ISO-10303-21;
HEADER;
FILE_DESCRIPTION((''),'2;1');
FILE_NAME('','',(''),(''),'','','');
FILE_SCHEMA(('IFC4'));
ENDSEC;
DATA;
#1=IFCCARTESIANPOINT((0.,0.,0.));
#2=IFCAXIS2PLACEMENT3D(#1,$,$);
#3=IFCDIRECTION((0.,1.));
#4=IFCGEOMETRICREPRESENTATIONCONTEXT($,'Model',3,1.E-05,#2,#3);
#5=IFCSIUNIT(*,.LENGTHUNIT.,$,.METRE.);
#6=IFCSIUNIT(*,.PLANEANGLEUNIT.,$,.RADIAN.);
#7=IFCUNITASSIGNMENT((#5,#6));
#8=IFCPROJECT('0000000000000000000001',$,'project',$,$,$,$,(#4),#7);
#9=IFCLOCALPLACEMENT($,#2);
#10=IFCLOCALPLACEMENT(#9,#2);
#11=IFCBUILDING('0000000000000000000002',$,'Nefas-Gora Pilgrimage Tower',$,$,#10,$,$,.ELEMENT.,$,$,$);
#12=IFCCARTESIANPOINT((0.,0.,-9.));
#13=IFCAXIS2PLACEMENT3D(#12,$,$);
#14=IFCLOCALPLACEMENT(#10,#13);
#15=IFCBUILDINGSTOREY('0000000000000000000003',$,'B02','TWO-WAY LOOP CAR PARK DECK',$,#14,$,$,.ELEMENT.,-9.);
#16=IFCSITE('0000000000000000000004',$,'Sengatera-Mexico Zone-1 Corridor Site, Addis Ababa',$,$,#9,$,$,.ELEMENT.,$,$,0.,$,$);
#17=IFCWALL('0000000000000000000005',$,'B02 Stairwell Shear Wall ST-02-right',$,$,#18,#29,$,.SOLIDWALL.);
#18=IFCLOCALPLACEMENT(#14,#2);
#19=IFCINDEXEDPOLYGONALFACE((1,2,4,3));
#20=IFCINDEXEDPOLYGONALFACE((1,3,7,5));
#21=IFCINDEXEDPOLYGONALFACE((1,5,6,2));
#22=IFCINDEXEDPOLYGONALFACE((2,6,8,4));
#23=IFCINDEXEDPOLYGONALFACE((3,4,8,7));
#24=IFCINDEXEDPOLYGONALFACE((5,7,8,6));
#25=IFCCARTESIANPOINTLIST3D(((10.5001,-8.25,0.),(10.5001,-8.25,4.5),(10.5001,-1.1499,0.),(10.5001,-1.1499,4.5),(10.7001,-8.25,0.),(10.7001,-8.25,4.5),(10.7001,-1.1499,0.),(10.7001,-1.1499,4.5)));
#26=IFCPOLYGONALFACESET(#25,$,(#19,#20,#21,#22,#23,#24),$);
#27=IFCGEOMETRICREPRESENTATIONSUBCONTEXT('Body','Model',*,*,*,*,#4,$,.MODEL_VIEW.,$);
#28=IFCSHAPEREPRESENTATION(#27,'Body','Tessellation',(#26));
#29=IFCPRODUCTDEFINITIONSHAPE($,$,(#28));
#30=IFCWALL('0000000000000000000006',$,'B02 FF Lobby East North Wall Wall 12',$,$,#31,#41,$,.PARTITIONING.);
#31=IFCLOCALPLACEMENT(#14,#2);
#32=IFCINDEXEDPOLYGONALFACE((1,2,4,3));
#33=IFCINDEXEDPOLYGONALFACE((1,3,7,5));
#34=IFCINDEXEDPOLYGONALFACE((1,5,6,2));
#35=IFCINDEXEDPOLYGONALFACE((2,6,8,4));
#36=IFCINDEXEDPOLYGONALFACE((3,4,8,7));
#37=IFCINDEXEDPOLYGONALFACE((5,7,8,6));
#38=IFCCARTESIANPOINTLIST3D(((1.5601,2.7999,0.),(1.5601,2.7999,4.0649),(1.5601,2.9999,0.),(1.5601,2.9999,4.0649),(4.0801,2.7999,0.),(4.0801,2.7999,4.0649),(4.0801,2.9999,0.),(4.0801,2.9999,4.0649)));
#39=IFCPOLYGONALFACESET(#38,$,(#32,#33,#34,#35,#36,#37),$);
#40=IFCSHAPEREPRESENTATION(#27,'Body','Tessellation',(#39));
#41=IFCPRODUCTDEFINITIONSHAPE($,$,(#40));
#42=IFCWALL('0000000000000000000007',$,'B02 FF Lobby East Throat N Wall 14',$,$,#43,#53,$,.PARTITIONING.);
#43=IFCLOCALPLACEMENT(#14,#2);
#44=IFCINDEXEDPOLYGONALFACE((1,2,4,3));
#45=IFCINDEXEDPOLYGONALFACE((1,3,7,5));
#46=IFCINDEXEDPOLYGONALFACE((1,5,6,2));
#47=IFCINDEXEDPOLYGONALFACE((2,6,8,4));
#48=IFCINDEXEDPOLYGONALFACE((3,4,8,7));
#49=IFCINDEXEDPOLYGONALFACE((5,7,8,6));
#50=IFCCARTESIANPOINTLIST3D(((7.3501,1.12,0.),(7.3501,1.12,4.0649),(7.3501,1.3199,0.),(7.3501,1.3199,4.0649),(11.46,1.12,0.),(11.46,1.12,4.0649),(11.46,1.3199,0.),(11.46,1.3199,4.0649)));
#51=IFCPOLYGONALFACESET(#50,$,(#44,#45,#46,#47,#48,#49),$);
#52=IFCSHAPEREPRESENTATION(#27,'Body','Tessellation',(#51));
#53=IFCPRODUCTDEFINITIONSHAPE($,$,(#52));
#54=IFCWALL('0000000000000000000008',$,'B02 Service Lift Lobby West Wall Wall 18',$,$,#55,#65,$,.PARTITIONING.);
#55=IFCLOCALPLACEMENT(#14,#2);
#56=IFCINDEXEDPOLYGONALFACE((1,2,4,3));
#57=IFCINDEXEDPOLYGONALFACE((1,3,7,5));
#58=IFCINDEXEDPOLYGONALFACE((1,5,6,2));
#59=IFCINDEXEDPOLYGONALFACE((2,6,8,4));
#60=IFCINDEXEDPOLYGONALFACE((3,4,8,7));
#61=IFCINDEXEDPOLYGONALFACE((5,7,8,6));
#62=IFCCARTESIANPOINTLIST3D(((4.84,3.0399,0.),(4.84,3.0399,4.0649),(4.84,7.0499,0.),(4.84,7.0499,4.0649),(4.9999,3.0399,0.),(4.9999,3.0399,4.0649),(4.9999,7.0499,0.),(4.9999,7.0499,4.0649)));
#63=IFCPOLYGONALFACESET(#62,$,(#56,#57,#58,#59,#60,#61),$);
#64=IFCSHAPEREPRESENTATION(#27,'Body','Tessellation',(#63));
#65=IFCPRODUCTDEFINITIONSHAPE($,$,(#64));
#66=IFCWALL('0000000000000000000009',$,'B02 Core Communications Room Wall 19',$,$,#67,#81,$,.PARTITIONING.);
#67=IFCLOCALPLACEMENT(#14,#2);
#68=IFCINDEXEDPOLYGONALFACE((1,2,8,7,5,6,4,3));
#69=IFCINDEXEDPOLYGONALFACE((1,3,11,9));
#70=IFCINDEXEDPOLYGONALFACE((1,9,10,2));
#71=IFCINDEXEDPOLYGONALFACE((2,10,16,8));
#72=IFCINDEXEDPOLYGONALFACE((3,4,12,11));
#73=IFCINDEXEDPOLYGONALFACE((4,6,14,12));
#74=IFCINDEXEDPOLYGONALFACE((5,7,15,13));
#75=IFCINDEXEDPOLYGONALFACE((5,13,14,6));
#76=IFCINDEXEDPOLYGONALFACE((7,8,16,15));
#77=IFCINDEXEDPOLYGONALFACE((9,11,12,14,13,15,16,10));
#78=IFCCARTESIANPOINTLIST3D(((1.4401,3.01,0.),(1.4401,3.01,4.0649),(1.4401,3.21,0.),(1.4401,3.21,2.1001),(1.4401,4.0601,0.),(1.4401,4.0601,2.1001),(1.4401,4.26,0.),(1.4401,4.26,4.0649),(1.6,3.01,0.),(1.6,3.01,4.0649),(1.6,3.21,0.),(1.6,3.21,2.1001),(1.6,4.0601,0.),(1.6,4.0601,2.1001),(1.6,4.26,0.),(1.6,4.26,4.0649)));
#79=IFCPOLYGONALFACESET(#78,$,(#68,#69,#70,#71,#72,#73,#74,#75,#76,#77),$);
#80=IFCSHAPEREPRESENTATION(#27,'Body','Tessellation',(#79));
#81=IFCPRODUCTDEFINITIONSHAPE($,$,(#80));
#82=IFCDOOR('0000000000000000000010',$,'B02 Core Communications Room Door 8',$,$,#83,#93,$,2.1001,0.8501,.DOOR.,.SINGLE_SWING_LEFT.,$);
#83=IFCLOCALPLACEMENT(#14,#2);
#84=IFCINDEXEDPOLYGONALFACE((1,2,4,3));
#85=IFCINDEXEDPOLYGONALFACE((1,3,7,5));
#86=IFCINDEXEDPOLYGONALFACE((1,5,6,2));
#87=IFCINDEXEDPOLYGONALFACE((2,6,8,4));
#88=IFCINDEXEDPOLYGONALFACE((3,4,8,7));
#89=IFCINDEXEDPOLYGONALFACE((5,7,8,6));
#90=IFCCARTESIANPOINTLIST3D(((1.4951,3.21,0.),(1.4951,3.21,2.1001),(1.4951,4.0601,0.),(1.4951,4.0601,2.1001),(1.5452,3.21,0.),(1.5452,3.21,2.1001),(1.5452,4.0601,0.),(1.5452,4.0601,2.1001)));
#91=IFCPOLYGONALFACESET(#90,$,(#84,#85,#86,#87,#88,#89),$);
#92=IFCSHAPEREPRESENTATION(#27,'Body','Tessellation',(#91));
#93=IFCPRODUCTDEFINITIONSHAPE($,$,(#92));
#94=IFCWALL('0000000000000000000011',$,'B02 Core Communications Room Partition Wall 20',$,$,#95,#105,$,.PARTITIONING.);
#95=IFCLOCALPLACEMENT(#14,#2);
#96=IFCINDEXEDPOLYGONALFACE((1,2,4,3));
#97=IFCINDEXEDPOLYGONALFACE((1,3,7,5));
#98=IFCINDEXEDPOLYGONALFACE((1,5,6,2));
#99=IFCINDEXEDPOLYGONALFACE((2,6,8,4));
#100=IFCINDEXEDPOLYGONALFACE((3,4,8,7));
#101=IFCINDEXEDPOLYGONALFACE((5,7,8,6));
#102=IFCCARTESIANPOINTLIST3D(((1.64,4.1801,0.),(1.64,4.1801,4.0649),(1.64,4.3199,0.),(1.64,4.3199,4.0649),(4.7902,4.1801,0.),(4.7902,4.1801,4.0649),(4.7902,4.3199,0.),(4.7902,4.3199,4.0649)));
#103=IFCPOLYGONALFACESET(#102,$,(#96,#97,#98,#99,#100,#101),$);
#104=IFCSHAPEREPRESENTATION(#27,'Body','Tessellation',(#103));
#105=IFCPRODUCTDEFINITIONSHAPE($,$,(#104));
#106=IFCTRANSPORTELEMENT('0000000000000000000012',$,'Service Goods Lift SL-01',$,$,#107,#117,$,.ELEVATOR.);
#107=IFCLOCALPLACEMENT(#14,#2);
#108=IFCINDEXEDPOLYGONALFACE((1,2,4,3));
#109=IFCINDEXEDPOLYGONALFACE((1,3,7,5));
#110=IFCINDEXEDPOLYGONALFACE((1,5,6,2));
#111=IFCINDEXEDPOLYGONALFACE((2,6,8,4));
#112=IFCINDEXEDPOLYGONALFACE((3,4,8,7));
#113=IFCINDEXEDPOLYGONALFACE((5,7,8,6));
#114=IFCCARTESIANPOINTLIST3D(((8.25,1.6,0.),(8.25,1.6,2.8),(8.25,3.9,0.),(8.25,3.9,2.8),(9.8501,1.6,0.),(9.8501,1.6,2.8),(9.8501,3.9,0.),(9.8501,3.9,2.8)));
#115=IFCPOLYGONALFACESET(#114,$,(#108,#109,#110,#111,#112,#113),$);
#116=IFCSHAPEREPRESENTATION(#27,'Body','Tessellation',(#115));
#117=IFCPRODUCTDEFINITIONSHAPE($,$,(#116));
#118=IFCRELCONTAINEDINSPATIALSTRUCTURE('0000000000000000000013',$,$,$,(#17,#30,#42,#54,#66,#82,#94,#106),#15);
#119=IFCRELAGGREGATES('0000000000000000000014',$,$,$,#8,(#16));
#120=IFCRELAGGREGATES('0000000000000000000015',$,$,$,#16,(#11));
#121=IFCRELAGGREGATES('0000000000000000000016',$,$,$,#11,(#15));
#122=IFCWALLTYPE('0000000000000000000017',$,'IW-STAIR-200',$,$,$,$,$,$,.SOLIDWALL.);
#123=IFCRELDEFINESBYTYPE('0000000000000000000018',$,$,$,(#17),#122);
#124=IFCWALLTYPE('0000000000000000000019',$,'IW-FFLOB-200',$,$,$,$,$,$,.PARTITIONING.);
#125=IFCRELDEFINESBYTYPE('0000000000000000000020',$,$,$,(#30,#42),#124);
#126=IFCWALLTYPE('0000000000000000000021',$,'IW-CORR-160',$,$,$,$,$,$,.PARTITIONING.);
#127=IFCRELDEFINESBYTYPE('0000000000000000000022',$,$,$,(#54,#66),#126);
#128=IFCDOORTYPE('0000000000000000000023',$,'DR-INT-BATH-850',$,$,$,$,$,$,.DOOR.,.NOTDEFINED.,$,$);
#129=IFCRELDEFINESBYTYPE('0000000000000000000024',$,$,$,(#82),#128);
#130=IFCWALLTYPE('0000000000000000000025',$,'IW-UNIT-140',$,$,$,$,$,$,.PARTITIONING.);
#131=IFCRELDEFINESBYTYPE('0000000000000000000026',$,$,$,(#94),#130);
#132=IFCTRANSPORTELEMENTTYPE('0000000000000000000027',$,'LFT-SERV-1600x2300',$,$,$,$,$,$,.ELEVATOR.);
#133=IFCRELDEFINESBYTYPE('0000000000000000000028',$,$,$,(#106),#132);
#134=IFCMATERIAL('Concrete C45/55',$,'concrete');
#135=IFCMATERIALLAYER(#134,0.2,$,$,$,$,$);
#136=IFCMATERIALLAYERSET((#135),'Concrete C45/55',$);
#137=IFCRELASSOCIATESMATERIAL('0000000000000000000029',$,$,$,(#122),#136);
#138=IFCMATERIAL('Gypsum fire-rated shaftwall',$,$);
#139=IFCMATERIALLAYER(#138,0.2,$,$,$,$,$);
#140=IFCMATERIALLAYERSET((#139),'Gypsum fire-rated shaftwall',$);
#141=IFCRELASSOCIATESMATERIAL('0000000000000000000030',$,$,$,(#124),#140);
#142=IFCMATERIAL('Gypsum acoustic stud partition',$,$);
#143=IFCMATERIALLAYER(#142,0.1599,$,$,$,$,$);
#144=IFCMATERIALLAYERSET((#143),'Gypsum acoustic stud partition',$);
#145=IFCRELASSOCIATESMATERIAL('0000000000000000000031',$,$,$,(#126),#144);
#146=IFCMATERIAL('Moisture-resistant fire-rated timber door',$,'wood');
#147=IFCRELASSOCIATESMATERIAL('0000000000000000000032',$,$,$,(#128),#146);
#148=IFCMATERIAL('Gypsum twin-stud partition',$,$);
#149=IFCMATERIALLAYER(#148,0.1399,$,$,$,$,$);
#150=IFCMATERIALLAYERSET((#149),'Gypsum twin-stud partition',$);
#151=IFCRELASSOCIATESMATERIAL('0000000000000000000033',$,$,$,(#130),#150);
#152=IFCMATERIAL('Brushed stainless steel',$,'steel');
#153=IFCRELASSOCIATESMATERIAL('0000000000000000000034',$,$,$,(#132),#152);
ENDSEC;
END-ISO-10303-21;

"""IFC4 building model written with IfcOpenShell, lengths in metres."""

from ifc_helpers import new_model, si_unit, direction, frame, frame_2d, origin, origin_2d, place, context, subcontext, project, spatial, rectangle, extrude, source, transform, mapped, material, layer, layer_set, type_object, element, fill, save


model = new_model("IFC4")

# Units and contexts
model_context = context("Model", 3, precision=1e-05, world=origin(), true_north=direction((0.0, 1.0)))
body_context = subcontext(model_context, "Body", "Model", "MODEL_VIEW")
ifc_project = project(units=[si_unit("LENGTHUNIT", "METRE"), si_unit("PLANEANGLEUNIT", "RADIAN")], contexts=[model_context])

# Site, building, storey
site_placement = place(None, origin())
site = spatial("IfcSite", under=ifc_project, at=site_placement, Name="Sengatera-Mexico Zone-1 Corridor Site, Addis Ababa", CompositionType="ELEMENT", RefElevation=0.0)
building_placement = place(site_placement, origin())
building = spatial("IfcBuilding", under=site, at=building_placement, Name="Nefas-Gora Pilgrimage Tower", CompositionType="ELEMENT")
storey_placement = place(building_placement, frame((0.0, 0.0, -9.0)))
storey = spatial("IfcBuildingStorey", under=building, at=storey_placement, Name="B02", Description="TWO-WAY LOOP CAR PARK DECK", CompositionType="ELEMENT", Elevation=-9.0)

# Shared definitions
ifc_material_1 = material(Name="Concrete C45/55", Category="concrete")

# Walls
ifc_layer_1 = layer(ifc_material_1, 0.2)
ifc_layer_set_1 = layer_set([ifc_layer_1], Name="Concrete C45/55")
wall_type_1 = type_object("IfcWallType", Name="IW-STAIR-200", PredefinedType="SOLIDWALL", material=ifc_layer_set_1)
shared_shape_1 = source(origin(), body_context, "Body", "SweptSolid", [
    extrude(rectangle(XDim=7.1001, YDim=0.2, at=frame_2d((3.55, 0.0))), origin(), (0.0, 0.0, 1.0), 4.5),
])
wall_1_placement = place(storey_placement, frame((10.6001, -1.1499, 0.0), z_axis=(0.0, 0.0, 1.0), x_axis=(0.0, -1.0, 0.0)))
element("IfcWall", 1, at=wall_1_placement, inside=storey, type_object=wall_type_1, Name="B02 Stairwell Shear Wall ST-02-right", PredefinedType="SOLIDWALL", context=body_context, shape_type="MappedRepresentation", body=[
    mapped(shared_shape_1, transform((0.0, 0.0, 0.0), x_axis=(1.0, 0.0, 0.0), y_axis=(0.0, 1.0, 0.0), z_axis=(0.0, 0.0, 1.0), scale=1.0)),
])
ifc_material_2 = material(Name="Gypsum fire-rated shaftwall")
ifc_layer_2 = layer(ifc_material_2, 0.2)
ifc_layer_set_2 = layer_set([ifc_layer_2], Name="Gypsum fire-rated shaftwall")
wall_type_2 = type_object("IfcWallType", Name="IW-FFLOB-200", PredefinedType="PARTITIONING", material=ifc_layer_set_2)
shared_shape_2 = source(origin(), body_context, "Body", "SweptSolid", [
    extrude(rectangle(XDim=2.52, YDim=0.2, at=frame_2d((1.26, 0.0))), origin(), (0.0, 0.0, 1.0), 4.0649),
])
wall_2_placement = place(storey_placement, frame((1.5601, 2.8999, 0.0), z_axis=(0.0, 0.0, 1.0), x_axis=(1.0, 0.0, 0.0)))
element("IfcWall", 2, at=wall_2_placement, inside=storey, type_object=wall_type_2, Name="B02 FF Lobby East North Wall Wall 12", PredefinedType="PARTITIONING", context=body_context, shape_type="MappedRepresentation", body=[
    mapped(shared_shape_2, transform((0.0, 0.0, 0.0), x_axis=(1.0, 0.0, 0.0), y_axis=(0.0, 1.0, 0.0), z_axis=(0.0, 0.0, 1.0), scale=1.0)),
])

# Walls
shared_shape_3 = source(origin(), body_context, "Body", "SweptSolid", [
    extrude(rectangle(XDim=4.1099, YDim=0.2, at=frame_2d((2.0549, 0.0))), origin(), (0.0, 0.0, 1.0), 4.0649),
])
wall_3_placement = place(storey_placement, frame((7.3501, 1.22, 0.0), z_axis=(0.0, 0.0, 1.0), x_axis=(1.0, 0.0, 0.0)))
element("IfcWall", 3, at=wall_3_placement, inside=storey, type_object=wall_type_2, Name="B02 FF Lobby East Throat N Wall 14", PredefinedType="PARTITIONING", context=body_context, shape_type="MappedRepresentation", body=[
    mapped(shared_shape_3, transform((0.0, 0.0, 0.0), x_axis=(1.0, 0.0, 0.0), y_axis=(0.0, 1.0, 0.0), z_axis=(0.0, 0.0, 1.0), scale=1.0)),
])
ifc_material_3 = material(Name="Gypsum acoustic stud partition")
ifc_layer_3 = layer(ifc_material_3, 0.1599)
ifc_layer_set_3 = layer_set([ifc_layer_3], Name="Gypsum acoustic stud partition")
wall_type_3 = type_object("IfcWallType", Name="IW-CORR-160", PredefinedType="PARTITIONING", material=ifc_layer_set_3)
shared_shape_4 = source(origin(), body_context, "Body", "SweptSolid", [
    extrude(rectangle(XDim=4.01, YDim=0.1599, at=frame_2d((2.0049, 0.0))), origin(), (0.0, 0.0, 1.0), 4.0649),
])
wall_4_placement = place(storey_placement, frame((4.9199, 3.04, 0.0), z_axis=(0.0, 0.0, 1.0), x_axis=(0.0, 1.0, 0.0)))
element("IfcWall", 4, at=wall_4_placement, inside=storey, type_object=wall_type_3, Name="B02 Service Lift Lobby West Wall Wall 18", PredefinedType="PARTITIONING", context=body_context, shape_type="MappedRepresentation", body=[
    mapped(shared_shape_4, transform((0.0, 0.0, 0.0), x_axis=(1.0, 0.0, 0.0), y_axis=(0.0, 1.0, 0.0), z_axis=(0.0, 0.0, 1.0), scale=1.0)),
])

# Wall, opening, door
shared_shape_5 = source(origin(), body_context, "Body", "SweptSolid", [
    extrude(rectangle(XDim=1.25, YDim=0.1599, at=frame_2d((0.625, 0.0))), origin(), (0.0, 0.0, 1.0), 4.0649),
])
wall_5_placement = place(storey_placement, frame((1.52, 3.01, 0.0), z_axis=(0.0, 0.0, 1.0), x_axis=(0.0, 1.0, 0.0)))
wall_5 = element("IfcWall", 5, at=wall_5_placement, inside=storey, type_object=wall_type_3, Name="B02 Core Communications Room Wall 19", PredefinedType="PARTITIONING", context=body_context, shape_type="MappedRepresentation", body=[
    mapped(shared_shape_5, transform((0.0, 0.0, 0.0), x_axis=(1.0, 0.0, 0.0), y_axis=(0.0, 1.0, 0.0), z_axis=(0.0, 0.0, 1.0), scale=1.0)),
])
opening_1_placement = place(wall_5_placement, frame((0.2, 0.0, 0.0)))
opening_1 = element("IfcOpeningElement", 6, at=opening_1_placement, cuts=wall_5, PredefinedType="OPENING", context=body_context, shape_type="SweptSolid", body=[
    extrude(rectangle(XDim=0.8501, YDim=2.1001, at=frame_2d((0.425, 1.05))), frame((0.0, 0.0898, 0.0), z_axis=(0.0, -1.0, 0.0), x_axis=(1.0, 0.0, 0.0)), (0.0, 0.0, 1.0), 0.1799),
])
ifc_material_4 = material(Name="Moisture-resistant fire-rated timber door", Category="wood")
door_type_1 = type_object("IfcDoorType", Name="DR-INT-BATH-850", OperationType="NOTDEFINED", PredefinedType="DOOR", material=ifc_material_4)
shared_shape_6 = source(origin(), body_context, "Body", "SweptSolid", [
    extrude(rectangle(XDim=0.8501, YDim=2.1001, at=frame_2d((0.425, 1.05))), frame((0.0, 0.0249, 0.0), z_axis=(0.0, -1.0, 0.0), x_axis=(1.0, 0.0, 0.0)), (0.0, 0.0, 1.0), 0.05),
])
door_1_placement = place(opening_1_placement, origin())
door_1 = element("IfcDoor", 7, at=door_1_placement, inside=storey, type_object=door_type_1, Name="B02 Core Communications Room Door 8", OperationType="SINGLE_SWING_LEFT", OverallHeight=2.1001, OverallWidth=0.8501, PredefinedType="DOOR", context=body_context, shape_type="MappedRepresentation", body=[
    mapped(shared_shape_6, transform((0.0, 0.0, 0.0), x_axis=(1.0, 0.0, 0.0), y_axis=(0.0, 1.0, 0.0), z_axis=(0.0, 0.0, 1.0), scale=1.0)),
])
fill(opening_1, door_1)

# Wall
ifc_material_5 = material(Name="Gypsum twin-stud partition")
ifc_layer_4 = layer(ifc_material_5, 0.1399)
ifc_layer_set_4 = layer_set([ifc_layer_4], Name="Gypsum twin-stud partition")
wall_type_4 = type_object("IfcWallType", Name="IW-UNIT-140", PredefinedType="PARTITIONING", material=ifc_layer_set_4)
shared_shape_7 = source(origin(), body_context, "Body", "SweptSolid", [
    extrude(rectangle(XDim=3.1501, YDim=0.1399, at=frame_2d((1.5752, 0.0))), origin(), (0.0, 0.0, 1.0), 4.0649),
])
wall_6_placement = place(storey_placement, frame((1.6399, 4.25, 0.0), z_axis=(0.0, 0.0, 1.0), x_axis=(1.0, 0.0, 0.0)))
element("IfcWall", 8, at=wall_6_placement, inside=storey, type_object=wall_type_4, Name="B02 Core Communications Room Partition Wall 20", PredefinedType="PARTITIONING", context=body_context, shape_type="MappedRepresentation", body=[
    mapped(shared_shape_7, transform((0.0, 0.0, 0.0), x_axis=(1.0, 0.0, 0.0), y_axis=(0.0, 1.0, 0.0), z_axis=(0.0, 0.0, 1.0), scale=1.0)),
])

# Transport element
ifc_material_6 = material(Name="Brushed stainless steel", Category="steel")
transport_element_type = type_object("IfcTransportElementType", Name="LFT-SERV-1600x2300", PredefinedType="ELEVATOR", material=ifc_material_6)
shared_shape_8 = source(origin(), body_context, "Body", "SweptSolid", [
    extrude(rectangle(XDim=1.6001, YDim=2.3, at=origin_2d()), origin(), (0.0, 0.0, 1.0), 2.8),
])
transport_element_placement = place(storey_placement, frame((9.05, 2.75, 0.0), z_axis=(0.0, 0.0, 1.0), x_axis=(1.0, 0.0, 0.0)))
element("IfcTransportElement", 9, at=transport_element_placement, inside=storey, type_object=transport_element_type, Name="Service Goods Lift SL-01", PredefinedType="ELEVATOR", context=body_context, shape_type="MappedRepresentation", body=[
    mapped(shared_shape_8, transform((0.0, 0.0, 0.0), x_axis=(1.0, 0.0, 0.0), y_axis=(0.0, 1.0, 0.0), z_axis=(0.0, 0.0, 1.0), scale=1.0)),
])

save(model, "model.ifc")
